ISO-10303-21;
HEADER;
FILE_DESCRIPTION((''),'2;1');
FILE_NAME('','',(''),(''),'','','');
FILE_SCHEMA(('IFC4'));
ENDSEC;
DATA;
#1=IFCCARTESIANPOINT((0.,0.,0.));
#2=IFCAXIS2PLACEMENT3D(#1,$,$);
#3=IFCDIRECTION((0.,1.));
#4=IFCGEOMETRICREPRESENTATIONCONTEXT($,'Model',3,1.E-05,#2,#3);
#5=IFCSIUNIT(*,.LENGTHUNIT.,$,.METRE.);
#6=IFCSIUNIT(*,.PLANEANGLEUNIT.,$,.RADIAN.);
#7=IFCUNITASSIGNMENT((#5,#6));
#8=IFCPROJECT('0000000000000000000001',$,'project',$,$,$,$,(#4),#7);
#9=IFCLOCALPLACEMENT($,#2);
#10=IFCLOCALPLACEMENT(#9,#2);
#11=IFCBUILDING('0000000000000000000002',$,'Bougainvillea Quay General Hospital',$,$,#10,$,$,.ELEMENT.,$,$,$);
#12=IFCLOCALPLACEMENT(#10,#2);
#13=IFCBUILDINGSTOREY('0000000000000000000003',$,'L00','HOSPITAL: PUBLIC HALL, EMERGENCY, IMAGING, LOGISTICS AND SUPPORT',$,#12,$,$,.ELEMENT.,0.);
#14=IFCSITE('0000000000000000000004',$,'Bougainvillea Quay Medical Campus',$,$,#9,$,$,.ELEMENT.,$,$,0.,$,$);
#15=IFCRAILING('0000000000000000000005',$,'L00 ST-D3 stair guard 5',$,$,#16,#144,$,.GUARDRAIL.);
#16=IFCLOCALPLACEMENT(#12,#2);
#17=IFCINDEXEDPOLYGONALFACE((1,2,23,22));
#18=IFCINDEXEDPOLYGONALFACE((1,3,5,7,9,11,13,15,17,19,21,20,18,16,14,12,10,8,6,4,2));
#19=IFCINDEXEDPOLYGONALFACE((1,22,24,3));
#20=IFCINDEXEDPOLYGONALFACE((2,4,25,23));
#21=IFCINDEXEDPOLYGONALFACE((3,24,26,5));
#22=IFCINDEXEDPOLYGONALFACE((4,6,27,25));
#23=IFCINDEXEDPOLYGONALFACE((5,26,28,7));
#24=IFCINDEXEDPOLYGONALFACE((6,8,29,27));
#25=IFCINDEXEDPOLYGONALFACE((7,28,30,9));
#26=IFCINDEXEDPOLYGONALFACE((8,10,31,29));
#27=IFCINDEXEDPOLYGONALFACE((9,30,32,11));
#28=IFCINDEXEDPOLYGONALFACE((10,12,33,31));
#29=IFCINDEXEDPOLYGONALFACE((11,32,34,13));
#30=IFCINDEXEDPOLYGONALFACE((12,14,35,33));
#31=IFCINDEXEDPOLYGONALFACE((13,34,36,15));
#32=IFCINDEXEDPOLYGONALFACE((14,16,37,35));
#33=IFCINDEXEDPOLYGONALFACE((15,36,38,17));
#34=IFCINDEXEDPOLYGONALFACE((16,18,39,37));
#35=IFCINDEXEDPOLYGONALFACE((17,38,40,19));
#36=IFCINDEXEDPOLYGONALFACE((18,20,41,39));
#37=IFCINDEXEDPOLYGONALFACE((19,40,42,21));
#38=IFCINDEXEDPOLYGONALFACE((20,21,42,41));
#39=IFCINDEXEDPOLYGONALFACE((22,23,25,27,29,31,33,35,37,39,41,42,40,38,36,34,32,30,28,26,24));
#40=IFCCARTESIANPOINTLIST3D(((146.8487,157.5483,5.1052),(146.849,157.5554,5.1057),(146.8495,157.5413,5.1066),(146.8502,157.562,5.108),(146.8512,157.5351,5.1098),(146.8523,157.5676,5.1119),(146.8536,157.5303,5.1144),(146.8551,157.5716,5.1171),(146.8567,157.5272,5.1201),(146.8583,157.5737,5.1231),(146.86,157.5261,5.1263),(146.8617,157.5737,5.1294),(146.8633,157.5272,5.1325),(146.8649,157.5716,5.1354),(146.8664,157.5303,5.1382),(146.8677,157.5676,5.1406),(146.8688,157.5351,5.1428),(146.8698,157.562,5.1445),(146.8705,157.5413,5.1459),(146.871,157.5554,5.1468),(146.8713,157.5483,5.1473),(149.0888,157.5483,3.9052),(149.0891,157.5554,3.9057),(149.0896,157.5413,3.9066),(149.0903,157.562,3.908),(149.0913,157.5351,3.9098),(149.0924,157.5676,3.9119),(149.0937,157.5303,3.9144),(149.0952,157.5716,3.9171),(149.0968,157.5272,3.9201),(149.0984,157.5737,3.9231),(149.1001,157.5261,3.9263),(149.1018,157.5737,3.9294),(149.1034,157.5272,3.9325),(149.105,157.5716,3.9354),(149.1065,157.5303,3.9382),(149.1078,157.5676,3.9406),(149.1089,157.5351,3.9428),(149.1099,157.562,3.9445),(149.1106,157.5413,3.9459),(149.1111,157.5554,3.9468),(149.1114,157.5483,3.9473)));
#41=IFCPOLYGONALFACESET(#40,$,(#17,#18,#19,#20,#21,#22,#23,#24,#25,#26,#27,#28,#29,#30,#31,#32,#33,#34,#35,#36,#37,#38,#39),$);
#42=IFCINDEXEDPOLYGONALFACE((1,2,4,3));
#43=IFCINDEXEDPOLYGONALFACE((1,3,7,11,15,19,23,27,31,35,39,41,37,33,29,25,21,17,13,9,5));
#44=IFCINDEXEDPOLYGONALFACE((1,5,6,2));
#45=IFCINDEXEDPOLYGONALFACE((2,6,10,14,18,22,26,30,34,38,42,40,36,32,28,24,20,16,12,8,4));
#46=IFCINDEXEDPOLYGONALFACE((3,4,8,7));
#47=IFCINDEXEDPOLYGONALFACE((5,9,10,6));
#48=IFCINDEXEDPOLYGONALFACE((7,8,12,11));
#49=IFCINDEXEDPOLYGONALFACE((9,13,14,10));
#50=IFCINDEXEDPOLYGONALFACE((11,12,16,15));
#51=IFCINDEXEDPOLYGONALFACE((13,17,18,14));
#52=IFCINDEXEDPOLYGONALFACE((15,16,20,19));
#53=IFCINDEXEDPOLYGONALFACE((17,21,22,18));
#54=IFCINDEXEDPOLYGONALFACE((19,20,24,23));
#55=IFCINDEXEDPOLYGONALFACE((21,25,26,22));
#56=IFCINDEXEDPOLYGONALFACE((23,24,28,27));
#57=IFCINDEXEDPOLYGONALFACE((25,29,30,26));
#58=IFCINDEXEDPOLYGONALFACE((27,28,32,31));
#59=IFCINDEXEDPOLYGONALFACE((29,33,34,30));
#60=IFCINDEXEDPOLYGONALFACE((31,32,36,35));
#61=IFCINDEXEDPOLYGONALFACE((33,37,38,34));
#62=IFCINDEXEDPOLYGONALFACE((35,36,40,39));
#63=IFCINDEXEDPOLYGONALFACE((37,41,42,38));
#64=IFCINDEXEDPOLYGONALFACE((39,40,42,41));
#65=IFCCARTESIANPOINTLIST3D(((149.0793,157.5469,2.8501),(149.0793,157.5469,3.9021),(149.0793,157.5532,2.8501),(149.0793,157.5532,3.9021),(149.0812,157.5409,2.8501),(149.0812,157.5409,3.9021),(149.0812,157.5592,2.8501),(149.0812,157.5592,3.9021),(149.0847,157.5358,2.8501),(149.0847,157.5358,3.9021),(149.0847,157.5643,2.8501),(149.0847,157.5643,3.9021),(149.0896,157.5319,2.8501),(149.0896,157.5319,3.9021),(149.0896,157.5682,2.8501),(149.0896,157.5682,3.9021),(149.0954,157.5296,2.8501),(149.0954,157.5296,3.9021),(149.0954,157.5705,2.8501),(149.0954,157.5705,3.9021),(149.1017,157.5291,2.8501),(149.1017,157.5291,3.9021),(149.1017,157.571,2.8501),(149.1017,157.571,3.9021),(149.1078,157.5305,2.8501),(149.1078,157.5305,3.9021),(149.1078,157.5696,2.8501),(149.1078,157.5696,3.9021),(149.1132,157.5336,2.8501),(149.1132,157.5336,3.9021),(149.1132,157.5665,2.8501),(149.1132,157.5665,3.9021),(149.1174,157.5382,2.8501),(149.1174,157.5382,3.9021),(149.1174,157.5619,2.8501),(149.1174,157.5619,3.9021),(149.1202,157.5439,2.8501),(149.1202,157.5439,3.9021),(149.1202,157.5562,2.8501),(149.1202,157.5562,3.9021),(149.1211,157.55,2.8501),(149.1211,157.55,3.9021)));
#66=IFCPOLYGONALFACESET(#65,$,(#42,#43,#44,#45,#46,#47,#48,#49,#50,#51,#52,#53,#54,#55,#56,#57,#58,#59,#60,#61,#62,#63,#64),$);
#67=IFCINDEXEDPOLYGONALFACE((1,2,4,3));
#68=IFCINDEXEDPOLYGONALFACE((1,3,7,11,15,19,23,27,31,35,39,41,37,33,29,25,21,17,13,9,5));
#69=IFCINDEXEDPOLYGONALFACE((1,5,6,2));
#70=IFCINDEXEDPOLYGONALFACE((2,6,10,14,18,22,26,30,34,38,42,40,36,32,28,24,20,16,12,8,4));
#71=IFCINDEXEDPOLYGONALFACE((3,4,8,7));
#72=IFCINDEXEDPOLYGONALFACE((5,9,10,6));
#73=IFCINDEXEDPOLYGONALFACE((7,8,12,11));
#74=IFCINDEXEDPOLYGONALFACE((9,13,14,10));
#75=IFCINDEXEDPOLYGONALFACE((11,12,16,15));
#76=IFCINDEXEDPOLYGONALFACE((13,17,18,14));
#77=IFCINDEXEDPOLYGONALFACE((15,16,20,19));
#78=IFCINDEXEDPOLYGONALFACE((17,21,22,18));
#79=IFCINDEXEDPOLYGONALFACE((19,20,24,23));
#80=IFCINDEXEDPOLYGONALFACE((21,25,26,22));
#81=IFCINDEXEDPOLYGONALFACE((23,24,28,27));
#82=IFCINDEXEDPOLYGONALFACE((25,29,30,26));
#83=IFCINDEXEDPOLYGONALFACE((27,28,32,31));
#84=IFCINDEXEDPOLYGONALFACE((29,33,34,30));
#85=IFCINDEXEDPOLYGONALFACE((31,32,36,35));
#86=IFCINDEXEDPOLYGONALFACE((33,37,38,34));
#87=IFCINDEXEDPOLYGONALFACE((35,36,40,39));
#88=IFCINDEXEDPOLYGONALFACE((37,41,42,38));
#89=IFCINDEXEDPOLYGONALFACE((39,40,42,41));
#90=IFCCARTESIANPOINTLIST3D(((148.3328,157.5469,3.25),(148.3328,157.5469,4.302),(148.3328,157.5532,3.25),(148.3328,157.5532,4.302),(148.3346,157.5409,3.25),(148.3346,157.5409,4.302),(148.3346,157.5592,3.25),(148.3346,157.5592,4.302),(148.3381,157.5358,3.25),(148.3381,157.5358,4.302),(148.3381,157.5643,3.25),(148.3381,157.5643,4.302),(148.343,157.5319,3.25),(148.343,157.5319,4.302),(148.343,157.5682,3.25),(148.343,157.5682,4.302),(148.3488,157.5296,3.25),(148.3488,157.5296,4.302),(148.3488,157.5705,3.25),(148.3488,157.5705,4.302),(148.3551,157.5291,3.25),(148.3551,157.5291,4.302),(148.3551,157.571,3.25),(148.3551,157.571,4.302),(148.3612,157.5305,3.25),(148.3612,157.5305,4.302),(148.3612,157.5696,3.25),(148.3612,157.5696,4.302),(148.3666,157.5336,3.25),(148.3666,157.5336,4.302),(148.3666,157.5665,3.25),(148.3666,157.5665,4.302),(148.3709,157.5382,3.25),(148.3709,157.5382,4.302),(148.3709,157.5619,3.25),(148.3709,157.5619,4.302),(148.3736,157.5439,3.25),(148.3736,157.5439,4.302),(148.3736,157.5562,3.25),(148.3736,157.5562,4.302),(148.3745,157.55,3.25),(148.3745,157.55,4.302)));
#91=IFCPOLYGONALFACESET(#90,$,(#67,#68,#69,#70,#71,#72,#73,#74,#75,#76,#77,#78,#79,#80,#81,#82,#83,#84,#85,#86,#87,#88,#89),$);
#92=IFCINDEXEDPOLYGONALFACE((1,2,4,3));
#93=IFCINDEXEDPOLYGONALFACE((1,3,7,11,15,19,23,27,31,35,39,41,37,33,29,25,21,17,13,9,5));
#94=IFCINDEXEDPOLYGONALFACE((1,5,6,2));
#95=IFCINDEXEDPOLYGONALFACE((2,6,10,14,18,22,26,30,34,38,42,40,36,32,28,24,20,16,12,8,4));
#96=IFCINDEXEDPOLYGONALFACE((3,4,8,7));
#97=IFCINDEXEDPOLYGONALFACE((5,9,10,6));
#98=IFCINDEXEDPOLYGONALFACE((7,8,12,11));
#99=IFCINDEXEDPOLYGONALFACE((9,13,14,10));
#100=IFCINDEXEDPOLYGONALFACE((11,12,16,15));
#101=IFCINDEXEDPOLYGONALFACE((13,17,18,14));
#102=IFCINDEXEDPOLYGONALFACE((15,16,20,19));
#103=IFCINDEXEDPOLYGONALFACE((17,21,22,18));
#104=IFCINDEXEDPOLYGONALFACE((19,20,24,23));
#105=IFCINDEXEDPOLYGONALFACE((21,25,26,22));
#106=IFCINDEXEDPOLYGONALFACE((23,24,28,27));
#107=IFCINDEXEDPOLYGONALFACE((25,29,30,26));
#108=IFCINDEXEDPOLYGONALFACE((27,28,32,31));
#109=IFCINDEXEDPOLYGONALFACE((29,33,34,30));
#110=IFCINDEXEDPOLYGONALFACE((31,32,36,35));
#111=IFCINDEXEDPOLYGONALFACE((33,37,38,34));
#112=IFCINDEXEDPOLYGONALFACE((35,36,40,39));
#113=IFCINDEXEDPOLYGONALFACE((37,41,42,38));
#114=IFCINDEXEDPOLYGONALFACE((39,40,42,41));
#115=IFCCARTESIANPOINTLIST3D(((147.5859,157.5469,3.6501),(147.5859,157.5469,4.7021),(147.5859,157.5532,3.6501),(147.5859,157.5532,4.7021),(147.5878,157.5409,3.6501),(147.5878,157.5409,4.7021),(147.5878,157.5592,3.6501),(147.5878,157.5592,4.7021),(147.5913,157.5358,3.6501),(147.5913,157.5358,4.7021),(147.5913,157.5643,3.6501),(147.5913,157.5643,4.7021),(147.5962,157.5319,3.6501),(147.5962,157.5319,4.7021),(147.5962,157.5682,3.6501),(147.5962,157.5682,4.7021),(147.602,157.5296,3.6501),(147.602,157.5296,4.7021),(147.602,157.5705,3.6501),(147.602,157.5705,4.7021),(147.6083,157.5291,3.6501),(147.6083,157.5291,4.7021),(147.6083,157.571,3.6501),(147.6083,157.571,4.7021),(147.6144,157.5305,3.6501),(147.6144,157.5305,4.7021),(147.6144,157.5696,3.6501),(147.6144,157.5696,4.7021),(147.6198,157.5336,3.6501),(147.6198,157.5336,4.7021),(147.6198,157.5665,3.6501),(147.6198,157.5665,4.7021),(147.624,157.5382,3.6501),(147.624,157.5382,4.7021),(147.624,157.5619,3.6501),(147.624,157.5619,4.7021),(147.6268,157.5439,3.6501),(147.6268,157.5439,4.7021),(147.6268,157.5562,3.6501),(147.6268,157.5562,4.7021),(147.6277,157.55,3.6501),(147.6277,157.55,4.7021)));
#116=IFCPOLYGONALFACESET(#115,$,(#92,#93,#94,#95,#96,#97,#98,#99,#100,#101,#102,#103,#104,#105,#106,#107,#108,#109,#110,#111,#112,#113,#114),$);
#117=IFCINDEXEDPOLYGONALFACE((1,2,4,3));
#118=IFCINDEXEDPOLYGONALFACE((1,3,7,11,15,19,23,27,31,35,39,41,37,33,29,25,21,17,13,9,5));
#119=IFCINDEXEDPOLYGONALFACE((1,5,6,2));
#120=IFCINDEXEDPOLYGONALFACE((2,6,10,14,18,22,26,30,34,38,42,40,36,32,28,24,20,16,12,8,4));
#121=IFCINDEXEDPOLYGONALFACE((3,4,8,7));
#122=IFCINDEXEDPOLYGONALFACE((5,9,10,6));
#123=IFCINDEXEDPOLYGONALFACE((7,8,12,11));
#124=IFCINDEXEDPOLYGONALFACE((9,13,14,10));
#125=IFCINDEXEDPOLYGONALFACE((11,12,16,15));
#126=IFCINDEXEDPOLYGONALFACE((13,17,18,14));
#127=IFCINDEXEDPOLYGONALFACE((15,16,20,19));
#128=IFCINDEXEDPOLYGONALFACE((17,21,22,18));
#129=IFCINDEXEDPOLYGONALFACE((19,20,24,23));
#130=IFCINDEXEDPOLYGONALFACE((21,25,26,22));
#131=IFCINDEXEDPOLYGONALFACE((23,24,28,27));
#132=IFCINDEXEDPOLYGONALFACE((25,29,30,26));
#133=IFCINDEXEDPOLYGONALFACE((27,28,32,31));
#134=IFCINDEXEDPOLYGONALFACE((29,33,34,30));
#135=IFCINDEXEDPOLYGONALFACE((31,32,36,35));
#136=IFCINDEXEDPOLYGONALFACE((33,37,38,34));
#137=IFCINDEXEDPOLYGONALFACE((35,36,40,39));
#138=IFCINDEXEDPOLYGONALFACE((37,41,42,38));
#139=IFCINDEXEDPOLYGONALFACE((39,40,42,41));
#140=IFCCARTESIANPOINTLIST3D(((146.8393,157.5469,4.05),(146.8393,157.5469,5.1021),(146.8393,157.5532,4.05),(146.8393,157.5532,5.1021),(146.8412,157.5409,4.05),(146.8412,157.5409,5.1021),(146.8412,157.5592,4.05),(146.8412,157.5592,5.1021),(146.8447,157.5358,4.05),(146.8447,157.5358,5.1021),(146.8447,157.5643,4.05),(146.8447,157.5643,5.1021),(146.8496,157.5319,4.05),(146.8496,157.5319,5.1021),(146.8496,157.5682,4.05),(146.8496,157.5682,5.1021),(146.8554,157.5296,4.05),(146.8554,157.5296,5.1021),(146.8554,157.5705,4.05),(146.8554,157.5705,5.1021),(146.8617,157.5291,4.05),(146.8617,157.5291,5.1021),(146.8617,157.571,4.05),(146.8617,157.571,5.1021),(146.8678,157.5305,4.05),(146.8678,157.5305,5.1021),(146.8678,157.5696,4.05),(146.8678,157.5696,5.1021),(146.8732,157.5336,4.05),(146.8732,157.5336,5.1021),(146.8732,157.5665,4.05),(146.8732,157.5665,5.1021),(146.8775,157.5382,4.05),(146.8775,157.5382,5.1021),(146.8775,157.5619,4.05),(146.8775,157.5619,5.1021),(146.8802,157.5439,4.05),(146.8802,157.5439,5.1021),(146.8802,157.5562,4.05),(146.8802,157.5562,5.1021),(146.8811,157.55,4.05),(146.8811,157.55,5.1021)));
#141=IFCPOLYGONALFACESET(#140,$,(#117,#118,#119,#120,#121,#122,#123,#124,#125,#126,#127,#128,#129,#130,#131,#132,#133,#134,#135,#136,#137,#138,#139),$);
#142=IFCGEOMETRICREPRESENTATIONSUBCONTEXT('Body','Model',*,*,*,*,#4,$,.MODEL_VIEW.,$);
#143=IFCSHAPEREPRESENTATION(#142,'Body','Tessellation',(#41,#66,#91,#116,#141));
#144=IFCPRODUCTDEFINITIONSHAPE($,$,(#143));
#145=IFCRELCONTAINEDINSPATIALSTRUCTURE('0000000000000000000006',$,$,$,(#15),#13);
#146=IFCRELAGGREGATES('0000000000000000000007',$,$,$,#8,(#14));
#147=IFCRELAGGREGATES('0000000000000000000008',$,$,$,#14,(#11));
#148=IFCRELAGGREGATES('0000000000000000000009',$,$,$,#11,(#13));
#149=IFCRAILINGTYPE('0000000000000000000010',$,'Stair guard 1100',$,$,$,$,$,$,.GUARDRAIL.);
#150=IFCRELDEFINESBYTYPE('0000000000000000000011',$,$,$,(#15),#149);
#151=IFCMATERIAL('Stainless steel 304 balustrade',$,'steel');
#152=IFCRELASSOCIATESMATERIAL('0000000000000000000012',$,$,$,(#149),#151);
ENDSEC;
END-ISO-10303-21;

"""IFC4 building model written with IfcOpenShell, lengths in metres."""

from ifc_helpers import new_model, si_unit, direction, frame, origin, origin_2d, place, context, subcontext, project, spatial, circle, extrude, material, type_object, element, save


model = new_model("IFC4")

# Units and contexts
model_context = context("Model", 3, precision=1e-05, world=origin(), true_north=direction((0.0, 1.0)))
body_context = subcontext(model_context, "Body", "Model", "MODEL_VIEW")
ifc_project = project(units=[si_unit("LENGTHUNIT", "METRE"), si_unit("PLANEANGLEUNIT", "RADIAN")], contexts=[model_context])

# Site, building, storey
site_placement = place(None, origin())
site = spatial("IfcSite", under=ifc_project, at=site_placement, Name="Bougainvillea Quay Medical Campus", CompositionType="ELEMENT", RefElevation=0.0)
building_placement = place(site_placement, origin())
building = spatial("IfcBuilding", under=site, at=building_placement, Name="Bougainvillea Quay General Hospital", CompositionType="ELEMENT")
storey_placement = place(building_placement, origin())
storey = spatial("IfcBuildingStorey", under=building, at=storey_placement, Name="L00", Description="HOSPITAL: PUBLIC HALL, EMERGENCY, IMAGING, LOGISTICS AND SUPPORT", CompositionType="ELEMENT", Elevation=0.0)

# Railing
ifc_material_1 = material(Name="Stainless steel 304 balustrade", Category="steel")
railing_type_1 = type_object("IfcRailingType", Name="Stair guard 1100", PredefinedType="GUARDRAIL", material=ifc_material_1)
railing_1_placement = place(storey_placement, frame((149.1001, 157.55, 2.8501)))
element("IfcRailing", 1, at=railing_1_placement, inside=storey, type_object=railing_type_1, Name="L00 ST-D3 stair guard 5", PredefinedType="GUARDRAIL", context=body_context, shape_type="SweptSolid", body=[
    extrude(circle(Radius=0.0239, at=origin_2d()), frame((0.0, 0.0, 1.0762), z_axis=(-0.881487, 0.0, 0.472208), x_axis=(0.0, -1.0, 0.0)), (0.0, 0.0, 1.0), 2.5413),
    extrude(circle(Radius=0.021, at=origin_2d()), origin(), (0.0, 0.0, 1.0), 1.052),
    extrude(circle(Radius=0.021, at=origin_2d()), frame((-0.7466, 0.0, 0.3999)), (0.0, 0.0, 1.0), 1.052),
    extrude(circle(Radius=0.021, at=origin_2d()), frame((-1.4934, 0.0, 0.8)), (0.0, 0.0, 1.0), 1.052),
    extrude(circle(Radius=0.021, at=origin_2d()), frame((-2.24, 0.0, 1.2)), (0.0, 0.0, 1.0), 1.052),
])

save(model, "model.ifc")
